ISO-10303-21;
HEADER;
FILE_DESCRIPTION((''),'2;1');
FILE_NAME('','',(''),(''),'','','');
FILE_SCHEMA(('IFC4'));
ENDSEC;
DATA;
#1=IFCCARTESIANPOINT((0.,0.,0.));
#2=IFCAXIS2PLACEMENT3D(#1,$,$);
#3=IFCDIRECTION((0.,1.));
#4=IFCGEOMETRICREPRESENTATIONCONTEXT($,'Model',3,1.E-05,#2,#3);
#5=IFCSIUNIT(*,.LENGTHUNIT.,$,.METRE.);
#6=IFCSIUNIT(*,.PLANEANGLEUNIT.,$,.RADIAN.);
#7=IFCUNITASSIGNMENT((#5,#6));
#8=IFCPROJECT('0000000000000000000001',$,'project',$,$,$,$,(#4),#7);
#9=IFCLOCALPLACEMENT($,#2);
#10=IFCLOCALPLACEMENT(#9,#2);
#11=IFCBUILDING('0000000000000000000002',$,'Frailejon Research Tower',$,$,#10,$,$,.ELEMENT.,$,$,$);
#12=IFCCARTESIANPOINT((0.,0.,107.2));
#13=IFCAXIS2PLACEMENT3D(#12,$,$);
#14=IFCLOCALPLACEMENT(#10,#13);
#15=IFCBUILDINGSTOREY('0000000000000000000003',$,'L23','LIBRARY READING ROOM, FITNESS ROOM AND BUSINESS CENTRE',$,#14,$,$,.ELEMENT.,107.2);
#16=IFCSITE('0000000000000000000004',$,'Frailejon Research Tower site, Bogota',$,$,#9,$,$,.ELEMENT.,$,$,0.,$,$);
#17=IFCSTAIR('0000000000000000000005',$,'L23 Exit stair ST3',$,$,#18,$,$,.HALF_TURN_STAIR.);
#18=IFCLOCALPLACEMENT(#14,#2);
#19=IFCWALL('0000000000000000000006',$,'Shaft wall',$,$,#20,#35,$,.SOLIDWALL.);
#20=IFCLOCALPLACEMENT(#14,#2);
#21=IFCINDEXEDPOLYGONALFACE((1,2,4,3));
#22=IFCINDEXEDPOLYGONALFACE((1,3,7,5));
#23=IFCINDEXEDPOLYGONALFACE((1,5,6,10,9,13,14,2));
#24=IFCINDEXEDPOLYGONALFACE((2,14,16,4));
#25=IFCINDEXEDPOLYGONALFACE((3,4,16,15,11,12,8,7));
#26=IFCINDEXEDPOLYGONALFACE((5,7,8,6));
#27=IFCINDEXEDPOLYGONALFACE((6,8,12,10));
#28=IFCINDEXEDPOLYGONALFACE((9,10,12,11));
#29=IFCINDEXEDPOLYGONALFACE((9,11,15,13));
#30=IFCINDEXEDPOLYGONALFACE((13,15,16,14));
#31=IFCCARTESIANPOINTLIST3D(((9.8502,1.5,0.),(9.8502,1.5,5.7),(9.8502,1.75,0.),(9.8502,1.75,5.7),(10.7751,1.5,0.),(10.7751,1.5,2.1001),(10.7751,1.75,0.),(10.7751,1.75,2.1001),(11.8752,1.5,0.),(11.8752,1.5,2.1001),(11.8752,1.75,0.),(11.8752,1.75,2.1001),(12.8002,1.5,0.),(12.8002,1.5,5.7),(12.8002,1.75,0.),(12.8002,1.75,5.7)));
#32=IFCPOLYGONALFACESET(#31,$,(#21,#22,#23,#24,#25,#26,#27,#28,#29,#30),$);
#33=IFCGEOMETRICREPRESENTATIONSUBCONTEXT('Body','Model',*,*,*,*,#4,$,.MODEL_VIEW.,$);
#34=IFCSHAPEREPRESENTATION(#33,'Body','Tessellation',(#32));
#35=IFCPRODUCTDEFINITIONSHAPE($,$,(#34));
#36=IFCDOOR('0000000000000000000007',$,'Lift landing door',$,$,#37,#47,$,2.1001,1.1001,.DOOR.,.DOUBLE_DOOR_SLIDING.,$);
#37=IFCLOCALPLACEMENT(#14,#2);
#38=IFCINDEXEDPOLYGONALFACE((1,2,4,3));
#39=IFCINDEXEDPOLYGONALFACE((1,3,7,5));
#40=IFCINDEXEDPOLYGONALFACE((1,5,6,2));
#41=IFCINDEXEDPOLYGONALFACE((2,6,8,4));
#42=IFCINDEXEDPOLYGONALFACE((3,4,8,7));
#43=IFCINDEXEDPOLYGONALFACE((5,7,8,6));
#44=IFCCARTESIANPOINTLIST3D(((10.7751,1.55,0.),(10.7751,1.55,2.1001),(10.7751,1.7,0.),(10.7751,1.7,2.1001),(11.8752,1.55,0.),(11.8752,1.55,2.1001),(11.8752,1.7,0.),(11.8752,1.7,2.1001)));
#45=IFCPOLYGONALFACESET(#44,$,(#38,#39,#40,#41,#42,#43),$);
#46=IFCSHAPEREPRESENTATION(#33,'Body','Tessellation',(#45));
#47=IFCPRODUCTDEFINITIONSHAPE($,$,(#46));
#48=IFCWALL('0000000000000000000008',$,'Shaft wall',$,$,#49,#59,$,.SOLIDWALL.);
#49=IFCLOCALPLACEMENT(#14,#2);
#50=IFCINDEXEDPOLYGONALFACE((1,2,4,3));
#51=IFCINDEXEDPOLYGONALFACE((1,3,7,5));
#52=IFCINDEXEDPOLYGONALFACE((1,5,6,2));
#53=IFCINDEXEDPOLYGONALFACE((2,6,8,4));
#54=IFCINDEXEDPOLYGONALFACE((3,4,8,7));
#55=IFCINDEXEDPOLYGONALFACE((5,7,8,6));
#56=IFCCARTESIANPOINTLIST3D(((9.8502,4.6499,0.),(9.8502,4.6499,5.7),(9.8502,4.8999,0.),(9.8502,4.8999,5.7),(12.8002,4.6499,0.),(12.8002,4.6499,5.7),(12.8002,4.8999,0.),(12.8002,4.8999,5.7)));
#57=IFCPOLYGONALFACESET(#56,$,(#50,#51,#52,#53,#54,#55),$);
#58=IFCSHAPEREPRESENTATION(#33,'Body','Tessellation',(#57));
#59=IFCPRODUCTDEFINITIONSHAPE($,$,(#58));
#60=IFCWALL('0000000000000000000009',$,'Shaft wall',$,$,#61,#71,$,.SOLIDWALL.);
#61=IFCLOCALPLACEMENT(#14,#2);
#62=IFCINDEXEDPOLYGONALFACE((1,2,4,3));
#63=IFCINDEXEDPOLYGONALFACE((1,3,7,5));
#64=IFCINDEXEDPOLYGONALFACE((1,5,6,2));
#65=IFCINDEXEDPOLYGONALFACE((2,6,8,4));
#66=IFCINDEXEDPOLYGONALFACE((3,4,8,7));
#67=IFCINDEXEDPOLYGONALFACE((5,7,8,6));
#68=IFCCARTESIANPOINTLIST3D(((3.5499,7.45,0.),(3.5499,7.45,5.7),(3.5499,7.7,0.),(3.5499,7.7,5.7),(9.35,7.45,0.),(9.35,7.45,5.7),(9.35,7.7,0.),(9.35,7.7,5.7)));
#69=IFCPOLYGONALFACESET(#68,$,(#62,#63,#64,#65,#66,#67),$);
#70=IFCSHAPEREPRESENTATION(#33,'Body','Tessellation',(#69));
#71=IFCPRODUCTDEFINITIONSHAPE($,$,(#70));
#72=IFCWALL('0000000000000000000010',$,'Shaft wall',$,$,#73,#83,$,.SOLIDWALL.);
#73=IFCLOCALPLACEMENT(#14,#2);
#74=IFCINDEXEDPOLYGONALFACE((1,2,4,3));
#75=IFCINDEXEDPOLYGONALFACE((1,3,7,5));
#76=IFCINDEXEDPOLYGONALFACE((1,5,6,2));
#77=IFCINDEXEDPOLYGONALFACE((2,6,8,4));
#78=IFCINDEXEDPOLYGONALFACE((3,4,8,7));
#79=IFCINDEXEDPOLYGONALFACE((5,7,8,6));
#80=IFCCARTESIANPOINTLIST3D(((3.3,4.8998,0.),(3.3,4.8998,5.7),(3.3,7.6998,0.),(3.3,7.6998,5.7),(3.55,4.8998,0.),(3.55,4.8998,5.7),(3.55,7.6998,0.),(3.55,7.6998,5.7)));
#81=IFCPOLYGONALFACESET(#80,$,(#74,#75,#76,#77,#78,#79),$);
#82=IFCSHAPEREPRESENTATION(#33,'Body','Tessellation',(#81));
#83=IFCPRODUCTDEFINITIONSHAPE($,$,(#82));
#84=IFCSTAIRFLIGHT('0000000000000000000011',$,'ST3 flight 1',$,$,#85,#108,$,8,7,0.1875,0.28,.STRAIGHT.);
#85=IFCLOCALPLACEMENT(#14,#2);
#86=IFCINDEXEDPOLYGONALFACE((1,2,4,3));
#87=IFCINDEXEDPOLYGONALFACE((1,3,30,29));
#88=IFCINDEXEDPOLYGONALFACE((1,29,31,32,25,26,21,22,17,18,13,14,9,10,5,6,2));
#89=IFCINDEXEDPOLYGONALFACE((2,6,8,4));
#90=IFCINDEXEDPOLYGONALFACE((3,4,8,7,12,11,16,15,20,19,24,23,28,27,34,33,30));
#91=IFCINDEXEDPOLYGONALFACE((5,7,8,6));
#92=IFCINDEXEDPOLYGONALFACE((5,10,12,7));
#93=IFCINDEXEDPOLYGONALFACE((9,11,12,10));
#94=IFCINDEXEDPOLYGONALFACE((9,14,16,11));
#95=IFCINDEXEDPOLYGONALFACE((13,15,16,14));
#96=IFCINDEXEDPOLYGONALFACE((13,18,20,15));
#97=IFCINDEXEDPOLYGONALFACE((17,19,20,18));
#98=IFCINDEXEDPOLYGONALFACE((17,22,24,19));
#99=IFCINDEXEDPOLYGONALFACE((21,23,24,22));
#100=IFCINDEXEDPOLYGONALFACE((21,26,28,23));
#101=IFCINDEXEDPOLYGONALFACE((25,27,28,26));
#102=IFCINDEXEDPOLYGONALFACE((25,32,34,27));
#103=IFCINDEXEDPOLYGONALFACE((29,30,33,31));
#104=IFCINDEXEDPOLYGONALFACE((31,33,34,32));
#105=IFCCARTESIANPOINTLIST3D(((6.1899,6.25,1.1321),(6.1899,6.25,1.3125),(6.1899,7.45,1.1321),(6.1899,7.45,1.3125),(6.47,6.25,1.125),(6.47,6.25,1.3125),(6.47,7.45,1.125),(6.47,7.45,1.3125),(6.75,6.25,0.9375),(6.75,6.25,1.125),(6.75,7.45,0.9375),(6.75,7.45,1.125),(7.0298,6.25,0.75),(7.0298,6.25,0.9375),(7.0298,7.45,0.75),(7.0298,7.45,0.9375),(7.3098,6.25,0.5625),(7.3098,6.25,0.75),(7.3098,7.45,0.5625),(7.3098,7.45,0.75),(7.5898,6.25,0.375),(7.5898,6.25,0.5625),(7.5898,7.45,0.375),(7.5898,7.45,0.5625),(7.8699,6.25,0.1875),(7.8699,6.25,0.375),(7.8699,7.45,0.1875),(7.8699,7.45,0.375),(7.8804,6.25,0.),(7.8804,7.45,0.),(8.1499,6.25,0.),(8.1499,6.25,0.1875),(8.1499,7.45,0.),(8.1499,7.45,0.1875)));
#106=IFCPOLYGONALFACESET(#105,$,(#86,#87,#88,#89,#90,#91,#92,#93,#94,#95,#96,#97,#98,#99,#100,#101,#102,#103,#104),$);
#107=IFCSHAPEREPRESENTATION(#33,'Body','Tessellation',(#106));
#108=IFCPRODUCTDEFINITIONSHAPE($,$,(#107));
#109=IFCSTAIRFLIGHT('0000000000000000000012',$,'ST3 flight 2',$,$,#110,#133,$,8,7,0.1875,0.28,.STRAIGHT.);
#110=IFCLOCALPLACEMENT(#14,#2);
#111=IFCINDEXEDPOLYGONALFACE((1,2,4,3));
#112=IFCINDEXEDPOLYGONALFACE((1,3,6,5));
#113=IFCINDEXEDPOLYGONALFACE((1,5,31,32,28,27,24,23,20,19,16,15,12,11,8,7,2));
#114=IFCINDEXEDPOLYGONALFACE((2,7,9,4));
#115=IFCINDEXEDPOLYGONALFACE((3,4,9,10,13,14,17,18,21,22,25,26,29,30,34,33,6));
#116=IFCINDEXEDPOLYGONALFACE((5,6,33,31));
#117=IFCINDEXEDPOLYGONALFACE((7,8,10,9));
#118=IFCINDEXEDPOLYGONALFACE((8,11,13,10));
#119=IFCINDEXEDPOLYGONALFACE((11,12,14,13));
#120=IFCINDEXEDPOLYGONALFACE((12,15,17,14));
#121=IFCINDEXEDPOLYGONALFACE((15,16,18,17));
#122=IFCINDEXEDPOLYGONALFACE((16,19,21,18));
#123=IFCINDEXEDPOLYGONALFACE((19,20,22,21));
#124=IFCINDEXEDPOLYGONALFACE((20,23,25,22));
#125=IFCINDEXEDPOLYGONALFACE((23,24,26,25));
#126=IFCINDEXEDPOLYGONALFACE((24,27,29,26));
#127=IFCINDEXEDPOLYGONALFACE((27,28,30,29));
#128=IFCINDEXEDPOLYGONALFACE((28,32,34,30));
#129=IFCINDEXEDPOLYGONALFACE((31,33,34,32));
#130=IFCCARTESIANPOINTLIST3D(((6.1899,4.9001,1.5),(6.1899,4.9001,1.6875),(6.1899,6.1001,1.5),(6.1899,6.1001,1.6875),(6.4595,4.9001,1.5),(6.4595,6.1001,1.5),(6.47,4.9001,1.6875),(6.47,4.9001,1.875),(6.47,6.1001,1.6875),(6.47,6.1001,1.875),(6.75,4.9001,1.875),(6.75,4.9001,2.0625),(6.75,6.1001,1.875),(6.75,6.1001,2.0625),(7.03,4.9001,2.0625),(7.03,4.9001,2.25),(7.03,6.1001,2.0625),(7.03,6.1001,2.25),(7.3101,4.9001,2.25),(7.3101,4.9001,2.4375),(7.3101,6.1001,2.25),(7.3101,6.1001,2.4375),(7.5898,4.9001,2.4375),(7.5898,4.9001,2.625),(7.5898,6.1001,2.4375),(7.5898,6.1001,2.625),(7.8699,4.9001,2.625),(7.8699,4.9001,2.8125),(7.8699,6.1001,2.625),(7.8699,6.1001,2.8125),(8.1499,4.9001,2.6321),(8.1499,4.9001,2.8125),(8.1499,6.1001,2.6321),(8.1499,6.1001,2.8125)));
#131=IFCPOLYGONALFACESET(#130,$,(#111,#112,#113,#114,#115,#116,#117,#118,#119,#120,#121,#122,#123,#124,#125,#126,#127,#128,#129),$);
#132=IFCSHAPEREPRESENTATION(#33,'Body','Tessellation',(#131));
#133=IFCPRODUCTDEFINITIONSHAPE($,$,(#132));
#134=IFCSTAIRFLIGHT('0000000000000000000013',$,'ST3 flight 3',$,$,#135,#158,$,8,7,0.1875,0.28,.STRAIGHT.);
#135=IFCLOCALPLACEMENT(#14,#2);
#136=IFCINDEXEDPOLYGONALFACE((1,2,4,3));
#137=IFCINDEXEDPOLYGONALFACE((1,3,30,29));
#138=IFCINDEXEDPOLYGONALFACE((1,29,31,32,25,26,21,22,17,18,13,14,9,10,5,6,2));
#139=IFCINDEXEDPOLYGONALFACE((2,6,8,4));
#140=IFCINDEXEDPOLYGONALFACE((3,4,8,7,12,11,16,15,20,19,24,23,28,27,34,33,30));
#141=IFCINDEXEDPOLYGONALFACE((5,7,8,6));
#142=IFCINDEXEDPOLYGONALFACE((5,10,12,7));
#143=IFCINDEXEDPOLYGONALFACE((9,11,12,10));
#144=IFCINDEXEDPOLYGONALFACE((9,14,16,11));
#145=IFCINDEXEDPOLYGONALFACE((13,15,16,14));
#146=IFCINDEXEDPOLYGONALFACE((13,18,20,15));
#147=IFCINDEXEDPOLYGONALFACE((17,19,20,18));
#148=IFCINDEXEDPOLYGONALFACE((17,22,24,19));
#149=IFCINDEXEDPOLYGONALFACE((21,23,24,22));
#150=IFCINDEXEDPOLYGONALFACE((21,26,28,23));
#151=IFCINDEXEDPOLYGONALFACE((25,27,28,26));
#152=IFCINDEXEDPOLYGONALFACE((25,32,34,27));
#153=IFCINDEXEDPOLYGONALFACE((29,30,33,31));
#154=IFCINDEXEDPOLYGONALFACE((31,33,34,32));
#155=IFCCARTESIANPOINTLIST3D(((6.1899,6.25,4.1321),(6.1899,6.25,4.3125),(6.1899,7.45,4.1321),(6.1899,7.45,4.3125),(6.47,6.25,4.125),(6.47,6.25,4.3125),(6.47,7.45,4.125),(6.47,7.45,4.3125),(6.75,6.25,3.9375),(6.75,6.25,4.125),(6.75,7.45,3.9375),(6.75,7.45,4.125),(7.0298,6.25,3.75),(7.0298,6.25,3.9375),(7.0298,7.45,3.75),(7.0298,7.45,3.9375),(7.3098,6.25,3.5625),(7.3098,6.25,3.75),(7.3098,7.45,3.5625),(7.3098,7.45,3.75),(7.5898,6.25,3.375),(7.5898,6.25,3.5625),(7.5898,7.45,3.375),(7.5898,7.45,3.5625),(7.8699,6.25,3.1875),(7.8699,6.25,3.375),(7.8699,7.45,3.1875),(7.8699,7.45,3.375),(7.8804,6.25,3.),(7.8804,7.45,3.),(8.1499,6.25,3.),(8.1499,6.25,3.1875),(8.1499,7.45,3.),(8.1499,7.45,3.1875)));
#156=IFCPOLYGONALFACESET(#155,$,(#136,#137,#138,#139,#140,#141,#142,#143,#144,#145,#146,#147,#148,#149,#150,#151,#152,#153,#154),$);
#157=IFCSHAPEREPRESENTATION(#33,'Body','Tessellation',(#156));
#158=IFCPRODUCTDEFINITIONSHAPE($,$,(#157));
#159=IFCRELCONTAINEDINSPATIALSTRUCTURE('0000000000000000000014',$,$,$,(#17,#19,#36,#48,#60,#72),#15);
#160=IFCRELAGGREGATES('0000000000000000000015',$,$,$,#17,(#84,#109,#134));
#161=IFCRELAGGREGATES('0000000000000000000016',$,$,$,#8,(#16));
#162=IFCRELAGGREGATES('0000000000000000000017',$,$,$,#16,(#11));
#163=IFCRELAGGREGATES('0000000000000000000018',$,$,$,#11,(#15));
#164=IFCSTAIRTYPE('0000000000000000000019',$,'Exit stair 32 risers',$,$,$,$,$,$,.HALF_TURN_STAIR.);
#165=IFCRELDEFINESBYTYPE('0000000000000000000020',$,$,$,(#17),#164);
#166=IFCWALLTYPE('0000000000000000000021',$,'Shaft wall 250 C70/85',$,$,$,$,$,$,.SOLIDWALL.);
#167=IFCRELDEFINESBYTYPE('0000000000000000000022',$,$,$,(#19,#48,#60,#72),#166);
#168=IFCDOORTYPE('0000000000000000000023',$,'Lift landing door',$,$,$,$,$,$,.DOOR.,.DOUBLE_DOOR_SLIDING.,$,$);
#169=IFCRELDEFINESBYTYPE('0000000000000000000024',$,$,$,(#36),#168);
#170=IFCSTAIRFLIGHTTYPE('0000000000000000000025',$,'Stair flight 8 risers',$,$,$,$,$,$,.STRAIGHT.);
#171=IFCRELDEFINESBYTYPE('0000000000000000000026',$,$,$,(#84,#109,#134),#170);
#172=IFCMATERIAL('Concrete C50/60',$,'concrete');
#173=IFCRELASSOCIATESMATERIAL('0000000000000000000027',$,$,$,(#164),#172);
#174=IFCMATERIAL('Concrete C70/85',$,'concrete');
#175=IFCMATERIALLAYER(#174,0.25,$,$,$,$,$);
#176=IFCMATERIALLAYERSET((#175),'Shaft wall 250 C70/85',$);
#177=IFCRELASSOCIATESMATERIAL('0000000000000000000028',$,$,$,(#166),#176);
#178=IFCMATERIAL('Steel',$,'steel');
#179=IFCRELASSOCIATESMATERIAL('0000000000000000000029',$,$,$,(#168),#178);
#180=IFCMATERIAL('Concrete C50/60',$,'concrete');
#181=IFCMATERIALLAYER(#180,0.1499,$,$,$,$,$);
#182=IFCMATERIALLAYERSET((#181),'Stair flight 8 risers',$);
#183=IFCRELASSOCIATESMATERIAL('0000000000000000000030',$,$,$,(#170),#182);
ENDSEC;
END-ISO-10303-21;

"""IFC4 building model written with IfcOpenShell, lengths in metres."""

from ifc_helpers import new_model, si_unit, direction, frame, frame_2d, origin, place, context, subcontext, project, spatial, polyline, rectangle, outline, extrude, material, layer, layer_set, type_object, element, fill, aggregate, save


model = new_model("IFC4")

# Units and contexts
model_context = context("Model", 3, precision=1e-05, world=origin(), true_north=direction((0.0, 1.0)))
body_context = subcontext(model_context, "Body", "Model", "MODEL_VIEW")
ifc_project = project(units=[si_unit("LENGTHUNIT", "METRE"), si_unit("PLANEANGLEUNIT", "RADIAN")], contexts=[model_context])

# Site, building, storey
site_placement = place(None, origin())
site = spatial("IfcSite", under=ifc_project, at=site_placement, Name="Frailejon Research Tower site, Bogota", CompositionType="ELEMENT", RefElevation=0.0)
building_placement = place(site_placement, origin())
building = spatial("IfcBuilding", under=site, at=building_placement, Name="Frailejon Research Tower", CompositionType="ELEMENT")
storey_placement = place(building_placement, frame((0.0, 0.0, 107.2)))
storey = spatial("IfcBuildingStorey", under=building, at=storey_placement, Name="L23", Description="LIBRARY READING ROOM, FITNESS ROOM AND BUSINESS CENTRE", CompositionType="ELEMENT", Elevation=107.2)

# Stair
ifc_material_1 = material(Name="Concrete C50/60", Category="concrete")
stair_type = type_object("IfcStairType", Name="Exit stair 32 risers", PredefinedType="HALF_TURN_STAIR", material=ifc_material_1)
stair_placement = place(storey_placement, origin())
stair = element("IfcStair", 1, at=stair_placement, inside=storey, type_object=stair_type, Name="L23 Exit stair ST3", PredefinedType="HALF_TURN_STAIR")

# Wall, opening, door
ifc_material_2 = material(Name="Concrete C70/85", Category="concrete")
ifc_layer_1 = layer(ifc_material_2, 0.25)
ifc_layer_set_1 = layer_set([ifc_layer_1], Name="Shaft wall 250 C70/85")
wall_type_1 = type_object("IfcWallType", Name="Shaft wall 250 C70/85", PredefinedType="SOLIDWALL", material=ifc_layer_set_1)
wall_1_placement = place(storey_placement, frame((9.8501, 1.625, 0.0), z_axis=(0.0, 0.0, 1.0), x_axis=(1.0, 0.0, 0.0)))
wall_1 = element("IfcWall", 2, at=wall_1_placement, inside=storey, type_object=wall_type_1, Name="Shaft wall", PredefinedType="SOLIDWALL", context=body_context, shape_type="SweptSolid", body=[
    extrude(rectangle(XDim=2.95, YDim=0.25, at=frame_2d((1.4751, 0.0))), origin(), (0.0, 0.0, 1.0), 5.7),
])
opening_placement = place(wall_1_placement, frame((0.925, 0.0, 0.0)))
opening = element("IfcOpeningElement", 3, at=opening_placement, cuts=wall_1, PredefinedType="OPENING", context=body_context, shape_type="SweptSolid", body=[
    extrude(rectangle(XDim=1.1001, YDim=2.1001, at=frame_2d((0.55, 1.05))), frame((0.0, 0.135, 0.0), z_axis=(0.0, -1.0, 0.0), x_axis=(1.0, 0.0, 0.0)), (0.0, 0.0, 1.0), 0.27),
])
ifc_material_3 = material(Name="Steel", Category="steel")
door_type = type_object("IfcDoorType", Name="Lift landing door", OperationType="DOUBLE_DOOR_SLIDING", PredefinedType="DOOR", material=ifc_material_3)
door_placement = place(opening_placement, origin())
door = element("IfcDoor", 4, at=door_placement, inside=storey, type_object=door_type, Name="Lift landing door", OperationType="DOUBLE_DOOR_SLIDING", OverallHeight=2.1001, OverallWidth=1.1001, PredefinedType="DOOR", context=body_context, shape_type="SweptSolid", body=[
    extrude(rectangle(XDim=1.1001, YDim=2.1001, at=frame_2d((0.55, 1.05))), frame((0.0, 0.075, 0.0), z_axis=(0.0, -1.0, 0.0), x_axis=(1.0, 0.0, 0.0)), (0.0, 0.0, 1.0), 0.1499),
])
fill(opening, door)

# Walls
wall_2_placement = place(storey_placement, frame((9.8501, 4.7749, 0.0), z_axis=(0.0, 0.0, 1.0), x_axis=(1.0, 0.0, 0.0)))
element("IfcWall", 5, at=wall_2_placement, inside=storey, type_object=wall_type_1, Name="Shaft wall", PredefinedType="SOLIDWALL", context=body_context, shape_type="SweptSolid", body=[
    extrude(rectangle(XDim=2.95, YDim=0.25, at=frame_2d((1.4751, 0.0))), origin(), (0.0, 0.0, 1.0), 5.7),
])
wall_3_placement = place(storey_placement, frame((3.55, 7.575, 0.0), z_axis=(0.0, 0.0, 1.0), x_axis=(1.0, 0.0, 0.0)))
element("IfcWall", 6, at=wall_3_placement, inside=storey, type_object=wall_type_1, Name="Shaft wall", PredefinedType="SOLIDWALL", context=body_context, shape_type="SweptSolid", body=[
    extrude(rectangle(XDim=5.8, YDim=0.25, at=frame_2d((2.8999, 0.0))), origin(), (0.0, 0.0, 1.0), 5.7),
])
wall_4_placement = place(storey_placement, frame((3.425, 4.8999, 0.0), z_axis=(0.0, 0.0, 1.0), x_axis=(0.0, 1.0, 0.0)))
element("IfcWall", 7, at=wall_4_placement, inside=storey, type_object=wall_type_1, Name="Shaft wall", PredefinedType="SOLIDWALL", context=body_context, shape_type="SweptSolid", body=[
    extrude(rectangle(XDim=2.8, YDim=0.25, at=frame_2d((1.3999, 0.0))), origin(), (0.0, 0.0, 1.0), 5.7),
])

# Stair flights
ifc_material_4 = material(Name="Concrete C50/60", Category="concrete")
ifc_layer_2 = layer(ifc_material_4, 0.1499)
ifc_layer_set_2 = layer_set([ifc_layer_2], Name="Stair flight 8 risers")
stair_flight_type = type_object("IfcStairFlightType", Name="Stair flight 8 risers", PredefinedType="STRAIGHT", material=ifc_layer_set_2)
stair_flight_1_placement = place(storey_placement, frame((8.1499, 6.8501, 0.0), z_axis=(0.0, 0.0, 1.0), x_axis=(-1.0, 0.0, 0.0)))
stair_flight_1 = element("IfcStairFlight", 8, at=stair_flight_1_placement, type_object=stair_flight_type, Name="ST3 flight 1", NumberOfRisers=8, NumberOfTreads=7, PredefinedType="STRAIGHT", RiserHeight=0.1875, TreadLength=0.28, context=body_context, shape_type="SweptSolid", body=[
    extrude(outline(polyline([(0.0, 0.0), (0.0, 0.1875), (0.28, 0.1875), (0.28, 0.375), (0.5601, 0.375), (0.5601, 0.5625), (0.8401, 0.5625), (0.8401, 0.75), (1.1201, 0.75), (1.1201, 0.9375), (1.3999, 0.9375), (1.3999, 1.125), (1.6799, 1.125), (1.6799, 1.3125), (1.96, 1.3125), (1.96, 1.5), (1.96, 1.1321), (0.2695, 0.0), (0.0, 0.0)])), frame((0.0, 0.6001, 0.0), z_axis=(0.0, -1.0, 0.0), x_axis=(1.0, 0.0, 0.0)), (0.0, 0.0, 1.0), 1.2),
])
stair_flight_2_placement = place(storey_placement, frame((6.1899, 5.5, 1.5), z_axis=(0.0, 0.0, 1.0), x_axis=(1.0, 0.0, 0.0)))
stair_flight_2 = element("IfcStairFlight", 9, at=stair_flight_2_placement, type_object=stair_flight_type, Name="ST3 flight 2", NumberOfRisers=8, NumberOfTreads=7, PredefinedType="STRAIGHT", RiserHeight=0.1875, TreadLength=0.28, context=body_context, shape_type="SweptSolid", body=[
    extrude(outline(polyline([(0.0, 0.0), (0.0, 0.1875), (0.28, 0.1875), (0.28, 0.375), (0.5601, 0.375), (0.5601, 0.5625), (0.8401, 0.5625), (0.8401, 0.75), (1.1201, 0.75), (1.1201, 0.9375), (1.3999, 0.9375), (1.3999, 1.125), (1.6799, 1.125), (1.6799, 1.3125), (1.96, 1.3125), (1.96, 1.5), (1.96, 1.1321), (0.2695, 0.0), (0.0, 0.0)])), frame((0.0, 0.6001, 0.0), z_axis=(0.0, -1.0, 0.0), x_axis=(1.0, 0.0, 0.0)), (0.0, 0.0, 1.0), 1.2),
])
stair_flight_3_placement = place(storey_placement, frame((8.1499, 6.8501, 3.0), z_axis=(0.0, 0.0, 1.0), x_axis=(-1.0, 0.0, 0.0)))
stair_flight_3 = element("IfcStairFlight", 10, at=stair_flight_3_placement, type_object=stair_flight_type, Name="ST3 flight 3", NumberOfRisers=8, NumberOfTreads=7, PredefinedType="STRAIGHT", RiserHeight=0.1875, TreadLength=0.28, context=body_context, shape_type="SweptSolid", body=[
    extrude(outline(polyline([(0.0, 0.0), (0.0, 0.1875), (0.28, 0.1875), (0.28, 0.375), (0.5601, 0.375), (0.5601, 0.5625), (0.8401, 0.5625), (0.8401, 0.75), (1.1201, 0.75), (1.1201, 0.9375), (1.3999, 0.9375), (1.3999, 1.125), (1.6799, 1.125), (1.6799, 1.3125), (1.96, 1.3125), (1.96, 1.5), (1.96, 1.1321), (0.2695, 0.0), (0.0, 0.0)])), frame((0.0, 0.6001, 0.0), z_axis=(0.0, -1.0, 0.0), x_axis=(1.0, 0.0, 0.0)), (0.0, 0.0, 1.0), 1.2),
])
aggregate(stair, [stair_flight_1, stair_flight_2, stair_flight_3])

save(model, "model.ifc")
